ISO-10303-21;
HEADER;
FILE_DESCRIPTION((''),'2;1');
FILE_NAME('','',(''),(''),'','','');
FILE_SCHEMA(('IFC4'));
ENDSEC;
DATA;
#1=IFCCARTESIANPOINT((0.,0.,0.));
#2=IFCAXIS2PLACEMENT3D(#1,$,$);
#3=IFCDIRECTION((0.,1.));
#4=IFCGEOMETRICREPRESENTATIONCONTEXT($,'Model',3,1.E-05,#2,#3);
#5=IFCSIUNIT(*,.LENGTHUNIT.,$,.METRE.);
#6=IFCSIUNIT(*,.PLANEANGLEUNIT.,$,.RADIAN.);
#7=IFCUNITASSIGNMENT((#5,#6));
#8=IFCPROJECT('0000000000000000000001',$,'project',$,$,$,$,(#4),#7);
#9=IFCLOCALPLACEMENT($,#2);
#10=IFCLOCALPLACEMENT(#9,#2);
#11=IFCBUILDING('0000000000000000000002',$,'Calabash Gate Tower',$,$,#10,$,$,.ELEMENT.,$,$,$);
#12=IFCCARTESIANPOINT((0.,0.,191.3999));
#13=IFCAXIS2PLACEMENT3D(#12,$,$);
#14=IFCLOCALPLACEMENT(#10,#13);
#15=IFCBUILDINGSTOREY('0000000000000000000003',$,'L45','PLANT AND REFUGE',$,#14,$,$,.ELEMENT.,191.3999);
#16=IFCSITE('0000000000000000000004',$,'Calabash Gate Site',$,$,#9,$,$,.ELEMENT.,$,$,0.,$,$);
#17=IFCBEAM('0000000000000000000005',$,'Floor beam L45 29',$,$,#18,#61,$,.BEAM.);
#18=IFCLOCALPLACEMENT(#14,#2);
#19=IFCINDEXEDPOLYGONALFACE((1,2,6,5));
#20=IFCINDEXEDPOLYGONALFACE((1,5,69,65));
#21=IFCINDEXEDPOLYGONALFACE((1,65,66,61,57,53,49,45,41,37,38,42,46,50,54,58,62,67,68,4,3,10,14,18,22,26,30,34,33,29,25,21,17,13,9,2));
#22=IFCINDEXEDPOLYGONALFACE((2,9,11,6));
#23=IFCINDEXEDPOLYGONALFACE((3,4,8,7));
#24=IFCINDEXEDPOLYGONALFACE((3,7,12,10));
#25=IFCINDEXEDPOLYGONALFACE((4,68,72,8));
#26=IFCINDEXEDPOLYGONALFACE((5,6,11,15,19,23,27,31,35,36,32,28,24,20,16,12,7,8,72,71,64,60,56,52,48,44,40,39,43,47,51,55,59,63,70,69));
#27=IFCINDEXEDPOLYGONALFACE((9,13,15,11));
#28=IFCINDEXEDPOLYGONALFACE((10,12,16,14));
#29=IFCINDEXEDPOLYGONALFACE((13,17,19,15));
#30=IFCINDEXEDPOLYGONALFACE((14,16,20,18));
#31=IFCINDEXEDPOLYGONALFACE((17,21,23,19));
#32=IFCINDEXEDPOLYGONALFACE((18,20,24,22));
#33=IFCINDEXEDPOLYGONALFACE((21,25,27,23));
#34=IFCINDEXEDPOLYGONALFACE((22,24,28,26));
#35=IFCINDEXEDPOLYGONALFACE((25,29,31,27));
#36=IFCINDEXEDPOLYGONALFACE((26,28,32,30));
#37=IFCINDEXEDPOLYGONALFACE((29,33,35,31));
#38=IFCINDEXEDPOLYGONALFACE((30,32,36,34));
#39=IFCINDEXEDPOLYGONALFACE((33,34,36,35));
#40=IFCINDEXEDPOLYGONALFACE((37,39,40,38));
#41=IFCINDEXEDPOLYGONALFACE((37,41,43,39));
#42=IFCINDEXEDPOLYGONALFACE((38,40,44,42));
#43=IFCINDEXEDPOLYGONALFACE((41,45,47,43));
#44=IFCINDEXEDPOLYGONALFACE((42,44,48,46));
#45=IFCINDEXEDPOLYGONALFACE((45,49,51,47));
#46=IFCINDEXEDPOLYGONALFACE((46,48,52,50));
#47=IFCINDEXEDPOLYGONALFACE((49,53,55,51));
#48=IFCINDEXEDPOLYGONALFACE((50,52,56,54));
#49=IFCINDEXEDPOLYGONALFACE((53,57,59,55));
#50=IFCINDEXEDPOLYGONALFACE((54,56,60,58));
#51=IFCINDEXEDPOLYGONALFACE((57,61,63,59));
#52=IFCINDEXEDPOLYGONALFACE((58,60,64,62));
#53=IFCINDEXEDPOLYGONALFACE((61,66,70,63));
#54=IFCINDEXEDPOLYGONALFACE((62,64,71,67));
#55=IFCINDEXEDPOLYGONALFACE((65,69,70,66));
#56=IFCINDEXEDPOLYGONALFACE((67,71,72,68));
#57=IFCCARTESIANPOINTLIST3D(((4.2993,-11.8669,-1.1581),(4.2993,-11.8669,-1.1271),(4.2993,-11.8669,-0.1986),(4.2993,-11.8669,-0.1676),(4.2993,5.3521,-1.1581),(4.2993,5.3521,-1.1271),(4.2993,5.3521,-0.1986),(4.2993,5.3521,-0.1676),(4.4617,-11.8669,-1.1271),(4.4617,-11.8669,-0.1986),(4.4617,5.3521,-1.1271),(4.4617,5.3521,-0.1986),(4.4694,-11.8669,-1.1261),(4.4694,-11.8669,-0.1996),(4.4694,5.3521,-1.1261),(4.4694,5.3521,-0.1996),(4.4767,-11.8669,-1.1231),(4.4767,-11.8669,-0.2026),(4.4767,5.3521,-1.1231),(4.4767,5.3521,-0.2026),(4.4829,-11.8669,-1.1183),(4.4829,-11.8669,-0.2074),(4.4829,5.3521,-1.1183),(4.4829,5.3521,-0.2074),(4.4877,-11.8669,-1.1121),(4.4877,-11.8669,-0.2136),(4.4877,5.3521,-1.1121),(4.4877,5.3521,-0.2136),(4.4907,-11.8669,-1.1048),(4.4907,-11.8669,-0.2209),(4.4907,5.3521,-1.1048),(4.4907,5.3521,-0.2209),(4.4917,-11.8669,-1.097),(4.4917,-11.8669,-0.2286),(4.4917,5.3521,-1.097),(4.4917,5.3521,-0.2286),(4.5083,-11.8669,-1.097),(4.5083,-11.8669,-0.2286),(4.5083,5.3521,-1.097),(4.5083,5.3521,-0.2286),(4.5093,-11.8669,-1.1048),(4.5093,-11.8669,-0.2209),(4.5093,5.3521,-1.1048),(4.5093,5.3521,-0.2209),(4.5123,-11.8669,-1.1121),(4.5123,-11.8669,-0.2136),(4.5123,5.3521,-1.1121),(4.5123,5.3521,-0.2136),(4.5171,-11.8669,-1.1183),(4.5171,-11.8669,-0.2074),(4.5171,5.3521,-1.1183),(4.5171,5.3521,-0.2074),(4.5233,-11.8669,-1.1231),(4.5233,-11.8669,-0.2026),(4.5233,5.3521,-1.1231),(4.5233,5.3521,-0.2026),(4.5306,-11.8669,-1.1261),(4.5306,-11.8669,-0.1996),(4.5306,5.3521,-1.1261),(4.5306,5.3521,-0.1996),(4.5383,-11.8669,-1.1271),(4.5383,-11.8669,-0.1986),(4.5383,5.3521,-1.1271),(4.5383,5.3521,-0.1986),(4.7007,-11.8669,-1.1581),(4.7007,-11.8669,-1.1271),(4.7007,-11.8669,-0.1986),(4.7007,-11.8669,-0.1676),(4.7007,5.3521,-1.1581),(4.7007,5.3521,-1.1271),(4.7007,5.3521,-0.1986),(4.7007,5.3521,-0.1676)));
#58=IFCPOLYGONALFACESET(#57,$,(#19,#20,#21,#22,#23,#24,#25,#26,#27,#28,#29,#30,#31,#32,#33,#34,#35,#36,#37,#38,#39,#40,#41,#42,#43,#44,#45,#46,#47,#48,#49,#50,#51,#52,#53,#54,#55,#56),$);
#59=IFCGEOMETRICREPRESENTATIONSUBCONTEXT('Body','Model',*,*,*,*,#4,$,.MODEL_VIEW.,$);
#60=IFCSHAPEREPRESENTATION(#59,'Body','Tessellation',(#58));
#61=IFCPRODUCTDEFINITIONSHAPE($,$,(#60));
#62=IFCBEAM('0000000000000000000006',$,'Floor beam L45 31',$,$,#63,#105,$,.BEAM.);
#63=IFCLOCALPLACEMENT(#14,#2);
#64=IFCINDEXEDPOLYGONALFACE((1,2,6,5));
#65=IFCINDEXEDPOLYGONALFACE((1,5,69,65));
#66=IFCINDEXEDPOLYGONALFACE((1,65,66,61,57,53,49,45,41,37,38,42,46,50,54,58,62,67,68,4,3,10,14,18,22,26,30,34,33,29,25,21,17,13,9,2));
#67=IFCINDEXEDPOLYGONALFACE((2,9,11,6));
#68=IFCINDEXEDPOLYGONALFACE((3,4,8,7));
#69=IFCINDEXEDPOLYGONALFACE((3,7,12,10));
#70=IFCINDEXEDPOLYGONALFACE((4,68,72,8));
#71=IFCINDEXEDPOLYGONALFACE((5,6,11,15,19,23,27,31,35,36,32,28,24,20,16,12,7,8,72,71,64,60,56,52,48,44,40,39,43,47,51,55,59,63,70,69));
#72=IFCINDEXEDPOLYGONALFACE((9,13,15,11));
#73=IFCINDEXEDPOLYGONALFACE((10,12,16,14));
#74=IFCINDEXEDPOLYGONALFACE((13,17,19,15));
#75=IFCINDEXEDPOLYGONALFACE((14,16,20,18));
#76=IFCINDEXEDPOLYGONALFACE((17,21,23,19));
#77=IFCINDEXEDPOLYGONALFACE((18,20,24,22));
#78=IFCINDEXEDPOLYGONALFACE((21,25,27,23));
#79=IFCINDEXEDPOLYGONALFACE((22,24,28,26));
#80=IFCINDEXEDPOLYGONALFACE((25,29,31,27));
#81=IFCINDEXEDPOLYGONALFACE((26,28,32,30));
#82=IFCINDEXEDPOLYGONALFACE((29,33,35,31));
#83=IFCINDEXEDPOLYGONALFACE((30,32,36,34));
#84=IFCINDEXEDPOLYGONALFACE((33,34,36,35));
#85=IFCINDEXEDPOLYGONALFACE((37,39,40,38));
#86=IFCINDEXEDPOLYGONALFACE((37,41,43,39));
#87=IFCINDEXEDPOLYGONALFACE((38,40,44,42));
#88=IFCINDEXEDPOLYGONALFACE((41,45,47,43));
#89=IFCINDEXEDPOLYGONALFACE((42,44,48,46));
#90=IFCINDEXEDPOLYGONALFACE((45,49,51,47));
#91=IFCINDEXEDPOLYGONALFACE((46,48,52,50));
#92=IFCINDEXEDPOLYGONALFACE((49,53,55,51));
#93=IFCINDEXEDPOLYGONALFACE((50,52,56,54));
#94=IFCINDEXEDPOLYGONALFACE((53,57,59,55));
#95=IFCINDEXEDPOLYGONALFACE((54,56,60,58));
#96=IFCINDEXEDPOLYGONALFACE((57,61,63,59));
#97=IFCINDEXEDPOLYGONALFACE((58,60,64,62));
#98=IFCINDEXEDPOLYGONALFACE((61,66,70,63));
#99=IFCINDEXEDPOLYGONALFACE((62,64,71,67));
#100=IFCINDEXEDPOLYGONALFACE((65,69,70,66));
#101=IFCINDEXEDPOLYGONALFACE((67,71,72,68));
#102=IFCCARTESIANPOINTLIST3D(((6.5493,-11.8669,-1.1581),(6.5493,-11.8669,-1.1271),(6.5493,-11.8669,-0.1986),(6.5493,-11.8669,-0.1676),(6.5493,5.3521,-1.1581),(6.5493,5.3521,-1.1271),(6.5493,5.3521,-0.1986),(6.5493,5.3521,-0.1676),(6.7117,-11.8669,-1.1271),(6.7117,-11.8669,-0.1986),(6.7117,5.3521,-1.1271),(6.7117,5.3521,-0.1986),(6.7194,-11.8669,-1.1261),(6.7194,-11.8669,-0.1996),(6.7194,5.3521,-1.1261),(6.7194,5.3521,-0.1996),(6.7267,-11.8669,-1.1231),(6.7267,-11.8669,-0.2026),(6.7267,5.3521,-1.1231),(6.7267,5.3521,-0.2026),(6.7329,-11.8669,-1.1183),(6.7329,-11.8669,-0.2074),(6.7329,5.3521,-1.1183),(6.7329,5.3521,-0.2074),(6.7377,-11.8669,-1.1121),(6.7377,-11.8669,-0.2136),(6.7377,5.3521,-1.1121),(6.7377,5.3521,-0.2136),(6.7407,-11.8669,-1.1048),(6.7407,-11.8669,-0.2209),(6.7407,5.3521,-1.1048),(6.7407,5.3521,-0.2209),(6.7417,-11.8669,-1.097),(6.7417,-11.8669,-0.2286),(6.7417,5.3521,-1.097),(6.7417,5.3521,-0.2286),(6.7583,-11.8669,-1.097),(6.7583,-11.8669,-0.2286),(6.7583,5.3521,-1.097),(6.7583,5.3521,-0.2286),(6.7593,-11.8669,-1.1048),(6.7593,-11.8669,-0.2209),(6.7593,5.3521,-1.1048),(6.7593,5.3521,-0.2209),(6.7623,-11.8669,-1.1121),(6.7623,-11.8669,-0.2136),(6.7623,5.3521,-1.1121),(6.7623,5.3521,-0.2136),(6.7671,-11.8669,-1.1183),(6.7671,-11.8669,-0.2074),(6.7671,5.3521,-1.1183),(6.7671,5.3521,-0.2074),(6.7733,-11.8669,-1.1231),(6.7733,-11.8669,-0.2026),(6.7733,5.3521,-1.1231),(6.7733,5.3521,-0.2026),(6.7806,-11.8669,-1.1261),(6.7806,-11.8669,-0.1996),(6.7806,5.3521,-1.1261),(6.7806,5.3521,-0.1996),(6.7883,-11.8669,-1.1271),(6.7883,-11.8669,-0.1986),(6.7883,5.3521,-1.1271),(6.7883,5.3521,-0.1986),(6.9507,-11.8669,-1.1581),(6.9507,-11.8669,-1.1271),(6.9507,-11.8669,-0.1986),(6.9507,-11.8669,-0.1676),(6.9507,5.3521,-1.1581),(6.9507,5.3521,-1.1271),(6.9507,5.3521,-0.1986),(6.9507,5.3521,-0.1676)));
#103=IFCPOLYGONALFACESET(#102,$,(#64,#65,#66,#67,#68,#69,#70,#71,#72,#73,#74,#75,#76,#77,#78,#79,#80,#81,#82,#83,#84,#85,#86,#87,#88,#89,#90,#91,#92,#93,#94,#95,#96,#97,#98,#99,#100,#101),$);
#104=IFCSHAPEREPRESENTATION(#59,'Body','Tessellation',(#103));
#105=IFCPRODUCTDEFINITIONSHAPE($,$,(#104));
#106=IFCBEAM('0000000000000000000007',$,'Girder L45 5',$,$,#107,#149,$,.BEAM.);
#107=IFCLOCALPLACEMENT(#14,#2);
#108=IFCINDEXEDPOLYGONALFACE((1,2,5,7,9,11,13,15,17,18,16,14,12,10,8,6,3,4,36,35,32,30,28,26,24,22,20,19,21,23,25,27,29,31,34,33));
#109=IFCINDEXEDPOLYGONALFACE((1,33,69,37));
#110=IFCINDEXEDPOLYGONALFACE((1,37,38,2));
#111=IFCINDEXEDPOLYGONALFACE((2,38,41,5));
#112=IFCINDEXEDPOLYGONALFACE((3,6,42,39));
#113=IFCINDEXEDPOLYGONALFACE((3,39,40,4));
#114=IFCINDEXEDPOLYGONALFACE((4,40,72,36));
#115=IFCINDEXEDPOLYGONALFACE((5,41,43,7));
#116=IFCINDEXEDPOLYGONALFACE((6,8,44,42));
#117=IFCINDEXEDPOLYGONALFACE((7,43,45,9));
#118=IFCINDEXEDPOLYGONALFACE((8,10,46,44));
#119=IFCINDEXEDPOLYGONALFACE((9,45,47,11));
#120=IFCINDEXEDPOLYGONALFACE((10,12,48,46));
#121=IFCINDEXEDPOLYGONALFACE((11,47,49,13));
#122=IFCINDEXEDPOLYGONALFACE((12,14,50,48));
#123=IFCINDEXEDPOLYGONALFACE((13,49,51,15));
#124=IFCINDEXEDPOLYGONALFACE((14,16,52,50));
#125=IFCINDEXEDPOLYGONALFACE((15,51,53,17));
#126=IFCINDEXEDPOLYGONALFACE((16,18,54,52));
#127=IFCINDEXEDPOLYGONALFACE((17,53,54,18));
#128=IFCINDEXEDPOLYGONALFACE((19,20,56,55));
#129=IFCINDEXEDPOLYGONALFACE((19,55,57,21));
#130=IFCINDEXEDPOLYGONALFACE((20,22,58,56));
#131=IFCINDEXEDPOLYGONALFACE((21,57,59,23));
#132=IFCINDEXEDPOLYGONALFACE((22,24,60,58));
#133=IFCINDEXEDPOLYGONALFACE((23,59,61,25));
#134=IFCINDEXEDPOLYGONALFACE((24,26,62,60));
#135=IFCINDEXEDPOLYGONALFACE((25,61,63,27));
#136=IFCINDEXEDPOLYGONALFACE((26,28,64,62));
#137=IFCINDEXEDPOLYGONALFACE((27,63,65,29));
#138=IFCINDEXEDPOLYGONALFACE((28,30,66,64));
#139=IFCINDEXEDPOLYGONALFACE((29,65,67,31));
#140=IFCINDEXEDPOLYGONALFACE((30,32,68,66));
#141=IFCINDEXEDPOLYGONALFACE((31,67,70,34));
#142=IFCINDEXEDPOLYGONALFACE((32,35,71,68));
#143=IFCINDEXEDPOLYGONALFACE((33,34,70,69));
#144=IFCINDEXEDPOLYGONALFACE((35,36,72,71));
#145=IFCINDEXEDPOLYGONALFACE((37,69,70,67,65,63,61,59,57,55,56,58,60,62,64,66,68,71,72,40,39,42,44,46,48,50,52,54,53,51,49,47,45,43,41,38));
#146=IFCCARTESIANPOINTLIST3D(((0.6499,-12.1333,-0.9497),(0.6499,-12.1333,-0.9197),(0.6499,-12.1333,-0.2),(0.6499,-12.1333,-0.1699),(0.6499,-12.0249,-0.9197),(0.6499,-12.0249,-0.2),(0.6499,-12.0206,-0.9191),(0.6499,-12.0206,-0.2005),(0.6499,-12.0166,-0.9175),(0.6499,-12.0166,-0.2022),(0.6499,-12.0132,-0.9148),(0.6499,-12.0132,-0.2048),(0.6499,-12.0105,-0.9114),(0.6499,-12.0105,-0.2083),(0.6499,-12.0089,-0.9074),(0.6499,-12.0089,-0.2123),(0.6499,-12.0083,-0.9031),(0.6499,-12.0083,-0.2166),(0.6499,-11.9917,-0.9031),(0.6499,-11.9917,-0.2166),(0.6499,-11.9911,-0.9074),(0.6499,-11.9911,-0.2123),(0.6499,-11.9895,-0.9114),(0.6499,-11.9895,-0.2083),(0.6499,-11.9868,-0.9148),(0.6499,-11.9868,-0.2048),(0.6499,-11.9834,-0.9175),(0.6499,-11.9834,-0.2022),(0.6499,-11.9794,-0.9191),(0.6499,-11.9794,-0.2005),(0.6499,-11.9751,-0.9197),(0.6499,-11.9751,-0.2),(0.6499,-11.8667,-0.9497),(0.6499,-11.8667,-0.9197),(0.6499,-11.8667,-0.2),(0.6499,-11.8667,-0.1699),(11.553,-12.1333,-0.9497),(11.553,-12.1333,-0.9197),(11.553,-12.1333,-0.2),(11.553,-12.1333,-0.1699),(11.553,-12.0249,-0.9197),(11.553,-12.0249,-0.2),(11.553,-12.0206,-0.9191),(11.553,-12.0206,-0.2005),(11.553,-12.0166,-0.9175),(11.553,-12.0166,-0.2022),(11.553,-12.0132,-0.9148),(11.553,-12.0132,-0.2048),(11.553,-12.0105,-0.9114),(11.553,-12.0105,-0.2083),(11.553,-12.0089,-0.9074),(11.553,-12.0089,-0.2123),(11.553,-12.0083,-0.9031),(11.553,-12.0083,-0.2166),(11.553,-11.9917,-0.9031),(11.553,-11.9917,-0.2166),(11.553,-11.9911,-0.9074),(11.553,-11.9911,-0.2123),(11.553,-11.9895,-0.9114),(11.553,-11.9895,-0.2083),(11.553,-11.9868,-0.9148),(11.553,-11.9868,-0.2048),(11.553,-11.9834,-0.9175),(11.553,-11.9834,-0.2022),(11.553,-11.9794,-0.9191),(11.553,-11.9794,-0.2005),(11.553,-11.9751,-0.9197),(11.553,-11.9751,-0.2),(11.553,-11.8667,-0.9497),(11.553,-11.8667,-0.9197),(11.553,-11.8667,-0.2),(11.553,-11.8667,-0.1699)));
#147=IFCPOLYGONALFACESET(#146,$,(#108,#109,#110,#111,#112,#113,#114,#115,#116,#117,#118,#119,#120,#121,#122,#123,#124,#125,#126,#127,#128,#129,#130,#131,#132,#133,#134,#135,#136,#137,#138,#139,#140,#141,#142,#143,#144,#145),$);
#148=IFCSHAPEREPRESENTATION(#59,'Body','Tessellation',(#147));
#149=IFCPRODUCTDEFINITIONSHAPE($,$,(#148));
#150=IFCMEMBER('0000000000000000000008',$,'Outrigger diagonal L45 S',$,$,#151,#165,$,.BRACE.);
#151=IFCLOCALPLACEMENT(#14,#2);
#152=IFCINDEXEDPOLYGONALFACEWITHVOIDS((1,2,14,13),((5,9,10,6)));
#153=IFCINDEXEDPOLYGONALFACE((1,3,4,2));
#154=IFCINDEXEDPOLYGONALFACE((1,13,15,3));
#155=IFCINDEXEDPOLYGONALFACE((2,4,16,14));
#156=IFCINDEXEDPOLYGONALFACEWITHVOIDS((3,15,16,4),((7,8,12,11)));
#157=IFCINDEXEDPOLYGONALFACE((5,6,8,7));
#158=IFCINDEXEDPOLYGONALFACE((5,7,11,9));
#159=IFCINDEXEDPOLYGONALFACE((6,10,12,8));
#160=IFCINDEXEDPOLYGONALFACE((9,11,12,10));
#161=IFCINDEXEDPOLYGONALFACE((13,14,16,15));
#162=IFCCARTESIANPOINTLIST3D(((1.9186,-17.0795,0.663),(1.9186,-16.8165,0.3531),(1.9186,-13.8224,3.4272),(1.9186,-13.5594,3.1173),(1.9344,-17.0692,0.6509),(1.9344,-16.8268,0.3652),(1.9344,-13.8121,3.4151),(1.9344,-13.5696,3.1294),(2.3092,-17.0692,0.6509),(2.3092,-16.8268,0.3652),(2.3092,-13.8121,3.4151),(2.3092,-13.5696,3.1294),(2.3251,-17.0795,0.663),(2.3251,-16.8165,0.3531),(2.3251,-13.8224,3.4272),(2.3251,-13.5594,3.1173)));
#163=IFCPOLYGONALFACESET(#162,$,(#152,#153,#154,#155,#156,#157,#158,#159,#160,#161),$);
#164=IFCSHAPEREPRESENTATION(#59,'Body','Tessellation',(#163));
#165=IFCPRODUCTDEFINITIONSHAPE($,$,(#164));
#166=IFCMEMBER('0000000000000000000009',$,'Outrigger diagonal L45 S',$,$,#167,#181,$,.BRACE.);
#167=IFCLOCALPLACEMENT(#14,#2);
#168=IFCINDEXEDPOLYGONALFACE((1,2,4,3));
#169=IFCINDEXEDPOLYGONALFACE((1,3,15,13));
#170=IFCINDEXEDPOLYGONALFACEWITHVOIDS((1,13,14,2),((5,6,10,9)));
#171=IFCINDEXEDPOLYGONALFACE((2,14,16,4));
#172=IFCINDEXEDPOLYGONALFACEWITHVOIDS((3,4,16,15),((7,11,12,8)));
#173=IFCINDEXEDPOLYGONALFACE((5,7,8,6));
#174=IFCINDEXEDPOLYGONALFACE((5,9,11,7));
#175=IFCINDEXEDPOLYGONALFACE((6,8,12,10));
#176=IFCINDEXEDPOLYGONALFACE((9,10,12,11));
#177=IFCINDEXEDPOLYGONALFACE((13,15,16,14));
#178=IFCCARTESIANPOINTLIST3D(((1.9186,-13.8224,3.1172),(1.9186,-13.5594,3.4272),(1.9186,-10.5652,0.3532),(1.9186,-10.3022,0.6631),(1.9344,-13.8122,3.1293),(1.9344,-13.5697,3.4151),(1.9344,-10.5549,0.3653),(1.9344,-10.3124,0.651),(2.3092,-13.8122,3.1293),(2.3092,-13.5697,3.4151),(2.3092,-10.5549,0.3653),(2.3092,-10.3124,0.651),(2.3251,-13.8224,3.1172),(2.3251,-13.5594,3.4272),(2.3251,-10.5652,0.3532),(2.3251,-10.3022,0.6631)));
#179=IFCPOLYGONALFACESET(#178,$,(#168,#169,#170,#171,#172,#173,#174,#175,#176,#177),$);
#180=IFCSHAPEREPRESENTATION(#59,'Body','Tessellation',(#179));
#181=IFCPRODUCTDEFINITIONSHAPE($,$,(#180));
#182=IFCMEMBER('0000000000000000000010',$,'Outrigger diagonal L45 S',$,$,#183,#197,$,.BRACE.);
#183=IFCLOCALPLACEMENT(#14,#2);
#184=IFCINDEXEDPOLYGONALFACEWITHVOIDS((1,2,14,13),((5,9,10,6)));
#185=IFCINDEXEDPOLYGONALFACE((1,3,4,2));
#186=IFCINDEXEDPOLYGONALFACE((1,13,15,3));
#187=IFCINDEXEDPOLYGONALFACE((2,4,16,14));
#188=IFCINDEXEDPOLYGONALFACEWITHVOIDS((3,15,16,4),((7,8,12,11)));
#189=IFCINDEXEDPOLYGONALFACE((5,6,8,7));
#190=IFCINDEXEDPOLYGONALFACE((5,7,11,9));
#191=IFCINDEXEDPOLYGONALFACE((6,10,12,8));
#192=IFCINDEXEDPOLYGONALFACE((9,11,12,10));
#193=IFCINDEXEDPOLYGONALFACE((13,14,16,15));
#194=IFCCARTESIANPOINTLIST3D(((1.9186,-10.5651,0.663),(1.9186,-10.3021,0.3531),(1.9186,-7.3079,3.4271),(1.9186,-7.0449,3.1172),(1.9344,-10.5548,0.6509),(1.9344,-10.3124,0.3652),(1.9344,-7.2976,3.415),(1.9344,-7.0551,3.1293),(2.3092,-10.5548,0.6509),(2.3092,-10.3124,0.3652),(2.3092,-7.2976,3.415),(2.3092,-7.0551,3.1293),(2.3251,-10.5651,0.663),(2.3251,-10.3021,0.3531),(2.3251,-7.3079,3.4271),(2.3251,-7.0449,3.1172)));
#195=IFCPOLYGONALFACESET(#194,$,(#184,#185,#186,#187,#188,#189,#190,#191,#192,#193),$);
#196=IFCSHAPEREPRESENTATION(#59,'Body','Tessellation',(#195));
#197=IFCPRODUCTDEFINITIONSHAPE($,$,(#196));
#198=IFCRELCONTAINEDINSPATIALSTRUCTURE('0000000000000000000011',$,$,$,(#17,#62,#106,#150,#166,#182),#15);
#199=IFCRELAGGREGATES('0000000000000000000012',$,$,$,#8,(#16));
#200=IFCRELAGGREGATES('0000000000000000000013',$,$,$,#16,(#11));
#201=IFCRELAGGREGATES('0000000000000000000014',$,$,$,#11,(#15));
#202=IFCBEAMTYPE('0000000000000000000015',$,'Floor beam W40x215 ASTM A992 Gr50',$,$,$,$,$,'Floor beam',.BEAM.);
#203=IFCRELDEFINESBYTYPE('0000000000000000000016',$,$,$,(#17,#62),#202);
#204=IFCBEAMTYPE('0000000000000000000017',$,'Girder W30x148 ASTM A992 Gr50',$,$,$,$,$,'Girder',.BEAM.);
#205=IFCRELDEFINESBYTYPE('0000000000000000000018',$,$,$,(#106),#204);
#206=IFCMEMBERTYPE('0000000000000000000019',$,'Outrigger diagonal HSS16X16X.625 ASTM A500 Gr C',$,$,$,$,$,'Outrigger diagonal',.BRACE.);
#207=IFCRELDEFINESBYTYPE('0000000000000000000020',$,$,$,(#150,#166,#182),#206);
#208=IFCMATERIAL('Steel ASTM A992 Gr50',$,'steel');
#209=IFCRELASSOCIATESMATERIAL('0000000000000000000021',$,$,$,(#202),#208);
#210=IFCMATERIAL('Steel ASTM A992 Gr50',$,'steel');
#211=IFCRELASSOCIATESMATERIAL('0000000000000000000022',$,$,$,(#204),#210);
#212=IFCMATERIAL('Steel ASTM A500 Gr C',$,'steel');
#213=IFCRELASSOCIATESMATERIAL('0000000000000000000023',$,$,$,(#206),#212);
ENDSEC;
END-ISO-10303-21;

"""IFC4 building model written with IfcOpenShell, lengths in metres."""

from ifc_helpers import new_model, si_unit, direction, frame, origin, origin_2d, place, context, subcontext, project, spatial, hollow_rectangle, i_section, extrude, material, material_profile, profile_set, type_object, element, save


model = new_model("IFC4")

# Units and contexts
model_context = context("Model", 3, precision=1e-05, world=origin(), true_north=direction((0.0, 1.0)))
body_context = subcontext(model_context, "Body", "Model", "MODEL_VIEW")
ifc_project = project(units=[si_unit("LENGTHUNIT", "METRE"), si_unit("PLANEANGLEUNIT", "RADIAN")], contexts=[model_context])

# Site, building, storey
site_placement = place(None, origin())
site = spatial("IfcSite", under=ifc_project, at=site_placement, Name="Calabash Gate Site", CompositionType="ELEMENT", RefElevation=0.0)
building_placement = place(site_placement, origin())
building = spatial("IfcBuilding", under=site, at=building_placement, Name="Calabash Gate Tower", CompositionType="ELEMENT")
storey_placement = place(building_placement, frame((0.0, 0.0, 191.3999)))
storey = spatial("IfcBuildingStorey", under=building, at=storey_placement, Name="L45", Description="PLANT AND REFUGE", CompositionType="ELEMENT", Elevation=191.3999)

# Beams
ifc_material_1 = material(Name="Steel ASTM A992 Gr50", Category="steel")
ifc_material_profile_1 = material_profile(ifc_material_1, i_section(OverallWidth=0.4014, OverallDepth=0.9905, WebThickness=0.0166, FlangeThickness=0.031, FilletRadius=0.03, at=origin_2d()))
ifc_profile_set_1 = profile_set([ifc_material_profile_1], Name="Steel ASTM A992 Gr50")
beam_type_1 = type_object("IfcBeamType", Name="Floor beam W40x215 ASTM A992 Gr50", ElementType="Floor beam", PredefinedType="BEAM", material=ifc_profile_set_1)
for number, where, z_axis, x_axis, name in (
    (1, (4.5, -11.8669, -0.6628), (0.0, 1.0, 0.0), (-1.0, 0.0, 0.0), "Floor beam L45 29"),
    (2, (6.75, -11.8669, -0.6628), (0.0, 1.0, 0.0), (-1.0, 0.0, 0.0), "Floor beam L45 31"),
):
    element("IfcBeam", number, at=place(storey_placement, frame(where, z_axis=z_axis, x_axis=x_axis)), inside=storey, type_object=beam_type_1, Name=name, PredefinedType="BEAM", context=body_context, shape_type="SweptSolid", body=[
        extrude(i_section(OverallWidth=0.4014, OverallDepth=0.9905, WebThickness=0.0166, FlangeThickness=0.031, FilletRadius=0.03, at=origin_2d()), origin(), (0.0, 0.0, 1.0), 17.219),
    ])
ifc_material_2 = material(Name="Steel ASTM A992 Gr50", Category="steel")
ifc_material_profile_2 = material_profile(ifc_material_2, i_section(OverallWidth=0.2666, OverallDepth=0.7798, WebThickness=0.0166, FlangeThickness=0.03, FilletRadius=0.0166, at=origin_2d()))
ifc_profile_set_2 = profile_set([ifc_material_profile_2], Name="Steel ASTM A992 Gr50")
beam_type_2 = type_object("IfcBeamType", Name="Girder W30x148 ASTM A992 Gr50", ElementType="Girder", PredefinedType="BEAM", material=ifc_profile_set_2)
beam_1_placement = place(storey_placement, frame((0.6499, -12.0, -0.5598), z_axis=(1.0, 0.0, 0.0), x_axis=(0.0, 1.0, 0.0)))
element("IfcBeam", 3, at=beam_1_placement, inside=storey, type_object=beam_type_2, Name="Girder L45 5", PredefinedType="BEAM", context=body_context, shape_type="SweptSolid", body=[
    extrude(i_section(OverallWidth=0.2666, OverallDepth=0.7798, WebThickness=0.0166, FlangeThickness=0.03, FilletRadius=0.0166, at=origin_2d()), origin(), (0.0, 0.0, 1.0), 10.9031),
])

# Members
ifc_material_3 = material(Name="Steel ASTM A500 Gr C", Category="steel")
ifc_material_profile_3 = material_profile(ifc_material_3, hollow_rectangle(XDim=0.4065, YDim=0.4065, WallThickness=0.0159, at=origin_2d()))
ifc_profile_set_3 = profile_set([ifc_material_profile_3], Name="Steel ASTM A500 Gr C")
member_type_1 = type_object("IfcMemberType", Name="Outrigger diagonal HSS16X16X.625 ASTM A500 Gr C", ElementType="Outrigger diagonal", PredefinedType="BRACE", material=ifc_profile_set_3)
for number, where, z_axis, x_axis, name in (
    (4, (2.1218, -16.948, 0.5081), (0.0, 0.762442, 0.647056), (-1.0, 0.0, 0.0), "Outrigger diagonal L45 S"),
    (5, (2.1218, -13.6909, 3.2722), (0.0, 0.762466, -0.647028), (-1.0, 0.0, 0.0), "Outrigger diagonal L45 S"),
    (6, (2.1218, -10.4336, 0.5081), (0.0, 0.762466, 0.647028), (-1.0, 0.0, 0.0), "Outrigger diagonal L45 S"),
):
    element("IfcMember", number, at=place(storey_placement, frame(where, z_axis=z_axis, x_axis=x_axis)), inside=storey, type_object=member_type_1, Name=name, PredefinedType="BRACE", context=body_context, shape_type="SweptSolid", body=[
        extrude(hollow_rectangle(XDim=0.4065, YDim=0.4065, WallThickness=0.0159, at=origin_2d()), origin(), (0.0, 0.0, 1.0), 4.272),
    ])

save(model, "model.ifc")
